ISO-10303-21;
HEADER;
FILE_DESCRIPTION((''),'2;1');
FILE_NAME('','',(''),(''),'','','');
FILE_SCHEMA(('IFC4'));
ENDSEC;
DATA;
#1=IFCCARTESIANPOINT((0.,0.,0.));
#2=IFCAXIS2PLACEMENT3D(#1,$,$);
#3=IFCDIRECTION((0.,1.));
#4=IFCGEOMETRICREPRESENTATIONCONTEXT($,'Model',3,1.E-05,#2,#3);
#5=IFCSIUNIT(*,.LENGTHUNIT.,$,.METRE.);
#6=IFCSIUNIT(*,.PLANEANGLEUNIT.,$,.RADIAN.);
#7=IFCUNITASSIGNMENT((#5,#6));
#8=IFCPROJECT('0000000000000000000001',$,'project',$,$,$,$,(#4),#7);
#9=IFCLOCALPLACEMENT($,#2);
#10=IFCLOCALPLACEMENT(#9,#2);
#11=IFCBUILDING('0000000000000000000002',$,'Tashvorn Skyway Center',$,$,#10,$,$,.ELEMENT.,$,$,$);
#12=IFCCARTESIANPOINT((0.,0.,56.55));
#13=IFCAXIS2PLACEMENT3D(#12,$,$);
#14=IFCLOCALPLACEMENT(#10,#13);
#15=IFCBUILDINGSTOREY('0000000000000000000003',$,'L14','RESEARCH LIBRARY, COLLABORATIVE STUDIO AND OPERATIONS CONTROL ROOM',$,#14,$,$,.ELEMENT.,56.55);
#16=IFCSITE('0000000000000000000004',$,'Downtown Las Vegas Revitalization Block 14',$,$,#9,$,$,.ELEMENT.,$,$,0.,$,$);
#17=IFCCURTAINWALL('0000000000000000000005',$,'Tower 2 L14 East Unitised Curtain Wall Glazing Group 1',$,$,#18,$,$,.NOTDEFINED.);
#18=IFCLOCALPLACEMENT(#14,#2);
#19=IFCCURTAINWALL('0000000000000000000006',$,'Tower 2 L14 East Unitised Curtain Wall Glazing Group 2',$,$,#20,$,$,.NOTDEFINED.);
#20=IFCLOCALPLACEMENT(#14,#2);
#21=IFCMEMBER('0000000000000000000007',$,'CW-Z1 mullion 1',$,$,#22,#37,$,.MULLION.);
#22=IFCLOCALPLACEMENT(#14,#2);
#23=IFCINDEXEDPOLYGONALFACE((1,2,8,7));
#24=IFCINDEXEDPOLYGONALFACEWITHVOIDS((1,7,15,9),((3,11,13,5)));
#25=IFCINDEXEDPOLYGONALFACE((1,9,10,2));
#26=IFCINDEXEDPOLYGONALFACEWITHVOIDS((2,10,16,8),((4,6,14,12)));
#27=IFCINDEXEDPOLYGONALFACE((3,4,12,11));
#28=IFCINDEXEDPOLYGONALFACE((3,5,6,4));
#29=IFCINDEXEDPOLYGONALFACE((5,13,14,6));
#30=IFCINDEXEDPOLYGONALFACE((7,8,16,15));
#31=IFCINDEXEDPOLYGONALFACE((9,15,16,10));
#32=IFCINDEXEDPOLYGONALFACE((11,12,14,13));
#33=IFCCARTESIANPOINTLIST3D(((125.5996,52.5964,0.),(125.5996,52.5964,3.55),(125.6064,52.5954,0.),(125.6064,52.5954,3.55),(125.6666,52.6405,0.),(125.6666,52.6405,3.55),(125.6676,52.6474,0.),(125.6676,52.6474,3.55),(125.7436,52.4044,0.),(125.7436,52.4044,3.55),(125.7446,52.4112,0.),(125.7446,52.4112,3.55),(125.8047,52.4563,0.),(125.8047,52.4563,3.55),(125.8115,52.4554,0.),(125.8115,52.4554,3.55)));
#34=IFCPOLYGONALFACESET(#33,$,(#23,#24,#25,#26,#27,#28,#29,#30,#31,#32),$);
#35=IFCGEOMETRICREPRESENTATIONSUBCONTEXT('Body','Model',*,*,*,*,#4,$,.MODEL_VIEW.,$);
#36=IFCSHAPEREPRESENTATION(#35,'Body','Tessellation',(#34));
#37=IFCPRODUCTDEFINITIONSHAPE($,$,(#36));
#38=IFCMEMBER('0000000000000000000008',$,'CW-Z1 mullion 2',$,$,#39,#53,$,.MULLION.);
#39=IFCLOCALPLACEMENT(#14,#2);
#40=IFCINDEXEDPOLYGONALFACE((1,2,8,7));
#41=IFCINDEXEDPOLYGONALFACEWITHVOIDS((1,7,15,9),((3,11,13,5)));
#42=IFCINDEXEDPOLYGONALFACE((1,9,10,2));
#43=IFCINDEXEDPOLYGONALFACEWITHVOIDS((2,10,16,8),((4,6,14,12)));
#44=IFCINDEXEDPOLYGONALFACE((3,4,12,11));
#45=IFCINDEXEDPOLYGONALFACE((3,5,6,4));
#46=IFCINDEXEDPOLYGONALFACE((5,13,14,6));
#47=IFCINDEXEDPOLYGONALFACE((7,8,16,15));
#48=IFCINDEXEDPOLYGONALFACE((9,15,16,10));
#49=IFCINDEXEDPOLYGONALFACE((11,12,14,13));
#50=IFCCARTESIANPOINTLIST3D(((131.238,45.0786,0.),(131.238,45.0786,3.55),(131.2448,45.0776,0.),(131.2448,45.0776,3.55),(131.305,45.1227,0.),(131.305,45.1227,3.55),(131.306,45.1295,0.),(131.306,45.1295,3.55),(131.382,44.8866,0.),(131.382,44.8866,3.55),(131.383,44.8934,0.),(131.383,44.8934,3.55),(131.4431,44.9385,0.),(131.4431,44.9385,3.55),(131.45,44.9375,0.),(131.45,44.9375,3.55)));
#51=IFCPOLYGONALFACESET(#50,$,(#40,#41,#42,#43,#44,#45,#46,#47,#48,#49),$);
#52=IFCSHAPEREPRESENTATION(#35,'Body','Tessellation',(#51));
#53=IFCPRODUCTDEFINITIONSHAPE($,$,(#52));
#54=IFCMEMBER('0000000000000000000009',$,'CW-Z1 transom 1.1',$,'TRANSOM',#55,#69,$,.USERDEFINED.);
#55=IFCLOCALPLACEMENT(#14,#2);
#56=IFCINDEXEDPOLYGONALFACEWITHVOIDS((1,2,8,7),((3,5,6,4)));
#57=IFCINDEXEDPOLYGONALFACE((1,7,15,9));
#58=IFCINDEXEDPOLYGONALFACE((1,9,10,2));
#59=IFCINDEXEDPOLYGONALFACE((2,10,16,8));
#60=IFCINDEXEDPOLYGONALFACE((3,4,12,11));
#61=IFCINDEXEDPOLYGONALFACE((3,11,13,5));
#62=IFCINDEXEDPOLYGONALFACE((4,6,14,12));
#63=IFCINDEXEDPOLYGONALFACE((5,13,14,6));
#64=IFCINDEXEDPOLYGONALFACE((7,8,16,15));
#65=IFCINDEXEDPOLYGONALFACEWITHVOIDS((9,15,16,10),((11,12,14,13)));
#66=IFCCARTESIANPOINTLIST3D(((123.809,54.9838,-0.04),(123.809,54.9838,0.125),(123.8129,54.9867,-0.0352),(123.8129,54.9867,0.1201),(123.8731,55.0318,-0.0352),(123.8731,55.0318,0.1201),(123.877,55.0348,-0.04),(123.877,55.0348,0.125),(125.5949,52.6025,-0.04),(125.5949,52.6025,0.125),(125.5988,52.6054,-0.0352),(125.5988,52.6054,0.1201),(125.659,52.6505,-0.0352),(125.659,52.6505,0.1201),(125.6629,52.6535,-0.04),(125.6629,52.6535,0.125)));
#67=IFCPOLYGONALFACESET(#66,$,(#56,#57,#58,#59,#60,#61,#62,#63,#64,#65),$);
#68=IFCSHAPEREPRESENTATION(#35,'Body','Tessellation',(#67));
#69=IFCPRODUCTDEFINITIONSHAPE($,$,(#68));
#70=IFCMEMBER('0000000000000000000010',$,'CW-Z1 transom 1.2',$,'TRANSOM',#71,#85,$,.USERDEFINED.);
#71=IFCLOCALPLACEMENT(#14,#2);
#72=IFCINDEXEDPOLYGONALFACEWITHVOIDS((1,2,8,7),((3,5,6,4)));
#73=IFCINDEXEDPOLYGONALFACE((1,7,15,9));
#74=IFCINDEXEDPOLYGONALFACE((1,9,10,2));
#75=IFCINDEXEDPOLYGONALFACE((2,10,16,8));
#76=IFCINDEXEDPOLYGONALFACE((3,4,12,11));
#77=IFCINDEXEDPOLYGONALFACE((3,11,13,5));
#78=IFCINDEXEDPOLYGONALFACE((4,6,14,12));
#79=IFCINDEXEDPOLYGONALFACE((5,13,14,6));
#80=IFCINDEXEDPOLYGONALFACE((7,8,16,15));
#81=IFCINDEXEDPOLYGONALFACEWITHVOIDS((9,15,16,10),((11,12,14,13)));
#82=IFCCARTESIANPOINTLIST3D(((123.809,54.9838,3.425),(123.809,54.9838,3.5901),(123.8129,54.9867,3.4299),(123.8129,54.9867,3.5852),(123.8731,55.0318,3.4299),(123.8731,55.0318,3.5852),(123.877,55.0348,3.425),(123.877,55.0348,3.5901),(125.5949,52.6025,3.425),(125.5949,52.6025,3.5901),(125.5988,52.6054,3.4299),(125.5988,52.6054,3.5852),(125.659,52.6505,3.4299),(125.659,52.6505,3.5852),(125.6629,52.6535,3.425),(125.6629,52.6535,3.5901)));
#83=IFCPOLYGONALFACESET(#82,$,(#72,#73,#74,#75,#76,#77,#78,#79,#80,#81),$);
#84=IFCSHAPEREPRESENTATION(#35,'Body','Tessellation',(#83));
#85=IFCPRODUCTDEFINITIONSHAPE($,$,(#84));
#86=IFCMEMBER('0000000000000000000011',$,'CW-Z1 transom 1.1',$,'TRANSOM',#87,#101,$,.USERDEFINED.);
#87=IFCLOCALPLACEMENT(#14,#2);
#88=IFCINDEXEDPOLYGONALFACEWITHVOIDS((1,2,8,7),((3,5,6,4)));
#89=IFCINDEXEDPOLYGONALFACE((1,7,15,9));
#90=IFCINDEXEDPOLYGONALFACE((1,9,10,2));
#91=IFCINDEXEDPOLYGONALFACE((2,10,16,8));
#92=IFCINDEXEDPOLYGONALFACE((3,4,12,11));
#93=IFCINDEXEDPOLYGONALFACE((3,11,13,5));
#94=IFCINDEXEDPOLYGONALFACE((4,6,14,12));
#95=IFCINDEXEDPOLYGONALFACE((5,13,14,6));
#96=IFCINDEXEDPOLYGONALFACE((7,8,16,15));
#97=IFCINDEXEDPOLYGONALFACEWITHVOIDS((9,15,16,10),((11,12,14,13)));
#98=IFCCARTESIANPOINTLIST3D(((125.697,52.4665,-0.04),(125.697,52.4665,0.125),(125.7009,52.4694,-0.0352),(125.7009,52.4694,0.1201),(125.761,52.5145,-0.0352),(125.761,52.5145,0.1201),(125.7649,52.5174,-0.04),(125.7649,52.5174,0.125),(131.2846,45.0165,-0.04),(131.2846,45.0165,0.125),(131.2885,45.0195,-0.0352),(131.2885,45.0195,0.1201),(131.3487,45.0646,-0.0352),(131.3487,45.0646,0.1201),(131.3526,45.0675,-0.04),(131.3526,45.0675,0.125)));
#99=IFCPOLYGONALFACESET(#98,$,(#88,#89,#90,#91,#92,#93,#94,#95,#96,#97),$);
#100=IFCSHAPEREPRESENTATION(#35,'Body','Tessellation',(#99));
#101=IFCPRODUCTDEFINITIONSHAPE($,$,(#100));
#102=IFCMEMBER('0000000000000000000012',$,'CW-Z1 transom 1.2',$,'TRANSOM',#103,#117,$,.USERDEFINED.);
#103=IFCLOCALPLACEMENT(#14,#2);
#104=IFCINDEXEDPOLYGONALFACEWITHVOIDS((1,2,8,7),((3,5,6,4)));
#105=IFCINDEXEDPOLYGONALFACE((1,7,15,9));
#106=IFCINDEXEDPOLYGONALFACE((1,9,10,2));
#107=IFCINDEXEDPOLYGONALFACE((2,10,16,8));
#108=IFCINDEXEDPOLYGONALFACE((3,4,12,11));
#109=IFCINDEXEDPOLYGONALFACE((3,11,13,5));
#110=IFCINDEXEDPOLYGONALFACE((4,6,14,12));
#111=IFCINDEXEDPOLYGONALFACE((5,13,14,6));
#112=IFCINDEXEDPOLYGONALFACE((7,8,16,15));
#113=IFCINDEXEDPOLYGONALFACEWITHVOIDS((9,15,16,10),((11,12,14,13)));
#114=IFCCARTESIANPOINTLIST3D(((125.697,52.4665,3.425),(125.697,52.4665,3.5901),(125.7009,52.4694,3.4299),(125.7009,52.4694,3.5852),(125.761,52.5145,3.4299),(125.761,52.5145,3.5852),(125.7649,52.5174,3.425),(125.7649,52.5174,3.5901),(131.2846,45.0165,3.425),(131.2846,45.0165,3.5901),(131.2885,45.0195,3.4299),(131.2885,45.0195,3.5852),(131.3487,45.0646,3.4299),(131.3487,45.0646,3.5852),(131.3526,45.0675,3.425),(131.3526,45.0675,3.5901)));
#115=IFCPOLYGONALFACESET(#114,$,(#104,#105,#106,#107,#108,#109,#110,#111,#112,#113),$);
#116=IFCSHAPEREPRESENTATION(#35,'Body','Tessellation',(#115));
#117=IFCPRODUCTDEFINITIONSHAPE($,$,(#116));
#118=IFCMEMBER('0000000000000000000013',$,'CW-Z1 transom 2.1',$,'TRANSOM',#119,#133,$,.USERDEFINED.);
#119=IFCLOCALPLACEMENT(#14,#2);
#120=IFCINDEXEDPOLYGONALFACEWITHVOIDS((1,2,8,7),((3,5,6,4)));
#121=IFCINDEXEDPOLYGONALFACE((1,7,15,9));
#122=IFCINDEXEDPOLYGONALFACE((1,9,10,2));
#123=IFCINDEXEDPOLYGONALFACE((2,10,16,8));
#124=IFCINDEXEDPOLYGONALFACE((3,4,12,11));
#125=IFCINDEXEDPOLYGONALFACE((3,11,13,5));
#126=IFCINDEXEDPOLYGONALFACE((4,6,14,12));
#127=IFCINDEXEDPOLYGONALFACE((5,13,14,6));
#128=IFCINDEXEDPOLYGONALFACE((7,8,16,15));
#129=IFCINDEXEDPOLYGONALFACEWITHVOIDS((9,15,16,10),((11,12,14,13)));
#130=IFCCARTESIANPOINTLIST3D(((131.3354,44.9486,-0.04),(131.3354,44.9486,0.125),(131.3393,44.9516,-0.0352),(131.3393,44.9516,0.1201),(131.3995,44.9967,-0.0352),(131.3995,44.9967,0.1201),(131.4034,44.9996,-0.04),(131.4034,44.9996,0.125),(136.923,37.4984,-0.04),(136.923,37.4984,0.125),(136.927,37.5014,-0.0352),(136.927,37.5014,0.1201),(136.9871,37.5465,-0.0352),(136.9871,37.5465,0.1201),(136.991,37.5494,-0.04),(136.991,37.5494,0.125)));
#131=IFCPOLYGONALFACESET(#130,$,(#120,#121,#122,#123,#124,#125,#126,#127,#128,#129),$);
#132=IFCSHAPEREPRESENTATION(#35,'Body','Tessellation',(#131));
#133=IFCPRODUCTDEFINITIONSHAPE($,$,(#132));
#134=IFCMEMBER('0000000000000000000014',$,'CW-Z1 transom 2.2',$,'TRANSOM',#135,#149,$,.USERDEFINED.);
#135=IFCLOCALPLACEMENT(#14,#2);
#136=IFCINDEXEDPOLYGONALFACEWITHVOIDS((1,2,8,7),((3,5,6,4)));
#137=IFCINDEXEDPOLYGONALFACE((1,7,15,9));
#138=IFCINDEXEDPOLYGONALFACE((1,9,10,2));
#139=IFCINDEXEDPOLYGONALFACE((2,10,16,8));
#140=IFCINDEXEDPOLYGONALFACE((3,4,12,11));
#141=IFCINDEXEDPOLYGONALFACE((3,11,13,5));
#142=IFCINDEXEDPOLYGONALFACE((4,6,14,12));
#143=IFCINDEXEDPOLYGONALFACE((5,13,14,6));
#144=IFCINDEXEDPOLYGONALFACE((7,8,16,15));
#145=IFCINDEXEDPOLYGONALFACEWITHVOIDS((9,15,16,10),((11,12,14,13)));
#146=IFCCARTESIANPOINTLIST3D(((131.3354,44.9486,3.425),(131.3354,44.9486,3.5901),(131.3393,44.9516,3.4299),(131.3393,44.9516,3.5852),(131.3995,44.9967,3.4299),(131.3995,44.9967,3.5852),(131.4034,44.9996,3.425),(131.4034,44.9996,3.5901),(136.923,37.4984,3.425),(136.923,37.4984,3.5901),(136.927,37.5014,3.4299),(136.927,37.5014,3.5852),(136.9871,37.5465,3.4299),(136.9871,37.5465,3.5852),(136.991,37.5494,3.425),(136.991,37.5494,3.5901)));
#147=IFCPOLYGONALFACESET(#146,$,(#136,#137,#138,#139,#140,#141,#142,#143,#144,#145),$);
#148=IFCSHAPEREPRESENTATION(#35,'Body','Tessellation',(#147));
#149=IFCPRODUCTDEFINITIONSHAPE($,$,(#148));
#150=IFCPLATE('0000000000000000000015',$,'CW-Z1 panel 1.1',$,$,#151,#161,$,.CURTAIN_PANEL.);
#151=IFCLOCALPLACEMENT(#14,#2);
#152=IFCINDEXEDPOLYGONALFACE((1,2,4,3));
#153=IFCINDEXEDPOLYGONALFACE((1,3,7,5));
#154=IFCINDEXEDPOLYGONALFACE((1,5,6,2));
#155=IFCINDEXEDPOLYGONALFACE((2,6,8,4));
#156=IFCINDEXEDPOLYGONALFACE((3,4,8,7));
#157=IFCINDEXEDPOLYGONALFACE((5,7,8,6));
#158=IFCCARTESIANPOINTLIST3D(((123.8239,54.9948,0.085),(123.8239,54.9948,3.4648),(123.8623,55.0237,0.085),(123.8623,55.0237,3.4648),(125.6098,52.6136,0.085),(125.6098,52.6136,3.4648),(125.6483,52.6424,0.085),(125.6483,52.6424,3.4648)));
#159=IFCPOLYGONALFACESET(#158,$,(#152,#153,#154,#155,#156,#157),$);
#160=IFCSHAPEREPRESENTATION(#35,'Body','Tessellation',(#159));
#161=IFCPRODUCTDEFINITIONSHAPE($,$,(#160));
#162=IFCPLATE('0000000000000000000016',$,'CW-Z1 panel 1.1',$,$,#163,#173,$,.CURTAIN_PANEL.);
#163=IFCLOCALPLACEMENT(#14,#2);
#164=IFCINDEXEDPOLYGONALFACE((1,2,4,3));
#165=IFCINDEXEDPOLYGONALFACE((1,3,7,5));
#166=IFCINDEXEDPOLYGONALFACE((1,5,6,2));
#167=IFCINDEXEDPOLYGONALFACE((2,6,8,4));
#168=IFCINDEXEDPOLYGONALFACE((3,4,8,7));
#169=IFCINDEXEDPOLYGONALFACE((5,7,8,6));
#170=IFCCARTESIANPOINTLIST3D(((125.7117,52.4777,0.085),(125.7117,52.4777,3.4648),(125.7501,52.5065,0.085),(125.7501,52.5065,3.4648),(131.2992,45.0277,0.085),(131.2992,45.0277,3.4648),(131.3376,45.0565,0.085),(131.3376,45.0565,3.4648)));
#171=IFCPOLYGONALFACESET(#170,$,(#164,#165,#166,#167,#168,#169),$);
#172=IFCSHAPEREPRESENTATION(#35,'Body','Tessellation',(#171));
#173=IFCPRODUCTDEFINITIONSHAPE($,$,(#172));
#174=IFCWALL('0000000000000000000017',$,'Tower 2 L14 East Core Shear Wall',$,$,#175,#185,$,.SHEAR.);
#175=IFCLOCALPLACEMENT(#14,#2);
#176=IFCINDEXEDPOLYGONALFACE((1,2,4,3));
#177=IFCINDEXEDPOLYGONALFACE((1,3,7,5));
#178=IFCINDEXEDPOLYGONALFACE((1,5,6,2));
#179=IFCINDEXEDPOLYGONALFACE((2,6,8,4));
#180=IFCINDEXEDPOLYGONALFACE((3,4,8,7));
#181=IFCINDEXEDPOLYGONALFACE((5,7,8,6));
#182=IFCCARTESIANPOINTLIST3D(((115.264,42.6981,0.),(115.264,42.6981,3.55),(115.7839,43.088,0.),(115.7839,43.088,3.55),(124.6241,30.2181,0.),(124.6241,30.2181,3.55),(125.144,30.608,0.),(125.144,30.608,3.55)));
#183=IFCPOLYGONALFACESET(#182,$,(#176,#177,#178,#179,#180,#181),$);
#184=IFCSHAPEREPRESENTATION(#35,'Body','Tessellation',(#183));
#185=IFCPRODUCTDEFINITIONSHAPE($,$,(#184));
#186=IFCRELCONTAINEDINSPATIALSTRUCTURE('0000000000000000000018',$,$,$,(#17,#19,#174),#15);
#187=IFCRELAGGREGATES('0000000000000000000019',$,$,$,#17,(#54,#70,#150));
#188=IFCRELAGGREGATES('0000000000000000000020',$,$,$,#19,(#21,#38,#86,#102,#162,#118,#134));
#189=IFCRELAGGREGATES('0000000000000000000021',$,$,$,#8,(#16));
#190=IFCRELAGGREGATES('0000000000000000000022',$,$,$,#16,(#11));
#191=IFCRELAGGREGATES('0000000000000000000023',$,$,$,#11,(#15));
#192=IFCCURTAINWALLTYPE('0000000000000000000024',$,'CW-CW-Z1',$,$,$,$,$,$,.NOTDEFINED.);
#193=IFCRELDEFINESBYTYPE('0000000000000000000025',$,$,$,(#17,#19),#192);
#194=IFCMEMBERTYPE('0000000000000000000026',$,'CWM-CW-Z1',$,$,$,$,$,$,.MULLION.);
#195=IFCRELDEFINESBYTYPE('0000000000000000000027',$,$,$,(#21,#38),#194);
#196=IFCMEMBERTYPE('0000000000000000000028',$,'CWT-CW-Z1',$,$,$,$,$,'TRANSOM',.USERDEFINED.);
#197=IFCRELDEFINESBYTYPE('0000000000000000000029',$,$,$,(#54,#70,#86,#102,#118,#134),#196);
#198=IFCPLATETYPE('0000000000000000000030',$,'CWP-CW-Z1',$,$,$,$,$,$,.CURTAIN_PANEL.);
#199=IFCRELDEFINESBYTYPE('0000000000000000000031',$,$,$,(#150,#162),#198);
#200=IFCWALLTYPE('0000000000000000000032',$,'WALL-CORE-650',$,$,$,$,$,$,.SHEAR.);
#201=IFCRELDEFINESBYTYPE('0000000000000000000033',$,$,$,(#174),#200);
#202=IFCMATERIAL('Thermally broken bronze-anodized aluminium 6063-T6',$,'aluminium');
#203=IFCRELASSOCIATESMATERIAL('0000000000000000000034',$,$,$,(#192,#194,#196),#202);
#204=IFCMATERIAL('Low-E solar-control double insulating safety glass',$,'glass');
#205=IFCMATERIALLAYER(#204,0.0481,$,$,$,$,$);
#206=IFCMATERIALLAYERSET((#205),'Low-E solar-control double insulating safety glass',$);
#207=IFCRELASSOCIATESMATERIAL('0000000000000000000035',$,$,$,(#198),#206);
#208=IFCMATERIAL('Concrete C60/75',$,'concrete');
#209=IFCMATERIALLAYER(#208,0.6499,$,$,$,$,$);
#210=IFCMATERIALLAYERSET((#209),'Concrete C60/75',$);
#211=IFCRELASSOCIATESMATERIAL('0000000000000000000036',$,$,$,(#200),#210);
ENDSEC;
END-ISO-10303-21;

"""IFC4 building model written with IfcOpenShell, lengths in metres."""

from ifc_helpers import new_model, si_unit, direction, frame, frame_2d, origin, origin_2d, place, context, subcontext, project, spatial, rectangle, hollow_rectangle, extrude, material, layer, layer_set, material_profile, profile_set, type_object, element, aggregate, save


model = new_model("IFC4")

# Units and contexts
model_context = context("Model", 3, precision=1e-05, world=origin(), true_north=direction((0.0, 1.0)))
body_context = subcontext(model_context, "Body", "Model", "MODEL_VIEW")
ifc_project = project(units=[si_unit("LENGTHUNIT", "METRE"), si_unit("PLANEANGLEUNIT", "RADIAN")], contexts=[model_context])

# Site, building, storey
site_placement = place(None, origin())
site = spatial("IfcSite", under=ifc_project, at=site_placement, Name="Downtown Las Vegas Revitalization Block 14", CompositionType="ELEMENT", RefElevation=0.0)
building_placement = place(site_placement, origin())
building = spatial("IfcBuilding", under=site, at=building_placement, Name="Tashvorn Skyway Center", CompositionType="ELEMENT")
storey_placement = place(building_placement, frame((0.0, 0.0, 56.55)))
storey = spatial("IfcBuildingStorey", under=building, at=storey_placement, Name="L14", Description="RESEARCH LIBRARY, COLLABORATIVE STUDIO AND OPERATIONS CONTROL ROOM", CompositionType="ELEMENT", Elevation=56.55)

# Curtain walls, members
ifc_material_1 = material(Name="Thermally broken bronze-anodized aluminium 6063-T6", Category="aluminium")
curtain_wall_type = type_object("IfcCurtainWallType", Name="CW-CW-Z1", PredefinedType="NOTDEFINED", material=ifc_material_1)
curtain_wall_1_placement = place(storey_placement, origin())
curtain_wall_1 = element("IfcCurtainWall", 1, at=curtain_wall_1_placement, inside=storey, type_object=curtain_wall_type, Name="Tower 2 L14 East Unitised Curtain Wall Glazing Group 1", PredefinedType="NOTDEFINED")
ifc_material_profile_1 = material_profile(ifc_material_1, hollow_rectangle(XDim=0.085, YDim=0.24, WallThickness=0.0049, at=origin_2d()), Name="ALU-MULL-85x240")
ifc_profile_set_1 = profile_set([ifc_material_profile_1], Name="Thermally broken bronze-anodized aluminium 6063-T6")
member_type_1 = type_object("IfcMemberType", Name="CWM-CW-Z1", PredefinedType="MULLION", material=ifc_profile_set_1)
curtain_wall_2_placement = place(storey_placement, origin())
curtain_wall_2 = element("IfcCurtainWall", 2, at=curtain_wall_2_placement, inside=storey, type_object=curtain_wall_type, Name="Tower 2 L14 East Unitised Curtain Wall Glazing Group 2", PredefinedType="NOTDEFINED")
member_1_placement = place(storey_placement, frame((125.7056, 52.5259, 0.0), z_axis=(0.0, 0.0, 1.0), x_axis=(0.8, 0.6, 0.0)))
member_1 = element("IfcMember", 3, at=member_1_placement, type_object=member_type_1, Name="CW-Z1 mullion 1", PredefinedType="MULLION", context=body_context, shape_type="SweptSolid", body=[
    extrude(hollow_rectangle(XDim=0.085, YDim=0.24, WallThickness=0.0049, at=origin_2d()), origin(), (0.0, 0.0, 1.0), 3.55),
])
member_2_placement = place(storey_placement, frame((131.344, 45.0081, 0.0), z_axis=(0.0, 0.0, 1.0), x_axis=(0.8, 0.6, 0.0)))
member_2 = element("IfcMember", 4, at=member_2_placement, type_object=member_type_1, Name="CW-Z1 mullion 2", PredefinedType="MULLION", context=body_context, shape_type="SweptSolid", body=[
    extrude(hollow_rectangle(XDim=0.085, YDim=0.24, WallThickness=0.0049, at=origin_2d()), origin(), (0.0, 0.0, 1.0), 3.55),
])

# Members
ifc_material_profile_2 = material_profile(ifc_material_1, hollow_rectangle(XDim=0.085, YDim=0.165, WallThickness=0.0049, at=origin_2d()), Name="ALU-TRAN-85x165")
ifc_profile_set_2 = profile_set([ifc_material_profile_2], Name="Thermally broken bronze-anodized aluminium 6063-T6")
member_type_2 = type_object("IfcMemberType", Name="CWT-CW-Z1", ElementType="TRANSOM", PredefinedType="USERDEFINED", material=ifc_profile_set_2)
member_3_placement = place(storey_placement, frame((123.843, 55.0093, 0.0425), z_axis=(0.599974, -0.80002, 0.0), x_axis=(0.80002, 0.599974, 0.0)))
member_3 = element("IfcMember", 5, at=member_3_placement, type_object=member_type_2, Name="CW-Z1 transom 1.1", ObjectType="TRANSOM", PredefinedType="USERDEFINED", context=body_context, shape_type="SweptSolid", body=[
    extrude(hollow_rectangle(XDim=0.085, YDim=0.165, WallThickness=0.0049, at=origin_2d()), origin(), (0.0, 0.0, 1.0), 2.9766),
])
member_4_placement = place(storey_placement, frame((123.843, 55.0093, 3.5076), z_axis=(0.599974, -0.80002, 0.0), x_axis=(0.80002, 0.599974, 0.0)))
member_4 = element("IfcMember", 6, at=member_4_placement, type_object=member_type_2, Name="CW-Z1 transom 1.2", ObjectType="TRANSOM", PredefinedType="USERDEFINED", context=body_context, shape_type="SweptSolid", body=[
    extrude(hollow_rectangle(XDim=0.085, YDim=0.165, WallThickness=0.0049, at=origin_2d()), origin(), (0.0, 0.0, 1.0), 2.9766),
])
member_5_placement = place(storey_placement, frame((125.731, 52.4919, 0.0425), z_axis=(0.600013, -0.799991, 0.0), x_axis=(0.799991, 0.600013, 0.0)))
member_5 = element("IfcMember", 7, at=member_5_placement, type_object=member_type_2, Name="CW-Z1 transom 1.1", ObjectType="TRANSOM", PredefinedType="USERDEFINED", context=body_context, shape_type="SweptSolid", body=[
    extrude(hollow_rectangle(XDim=0.085, YDim=0.165, WallThickness=0.0049, at=origin_2d()), origin(), (0.0, 0.0, 1.0), 9.3125),
])
member_6_placement = place(storey_placement, frame((125.731, 52.4919, 3.5076), z_axis=(0.600013, -0.799991, 0.0), x_axis=(0.799991, 0.600013, 0.0)))
member_6 = element("IfcMember", 8, at=member_6_placement, type_object=member_type_2, Name="CW-Z1 transom 1.2", ObjectType="TRANSOM", PredefinedType="USERDEFINED", context=body_context, shape_type="SweptSolid", body=[
    extrude(hollow_rectangle(XDim=0.085, YDim=0.165, WallThickness=0.0049, at=origin_2d()), origin(), (0.0, 0.0, 1.0), 9.3125),
])
member_7_placement = place(storey_placement, frame((131.3694, 44.9741, 0.0425), z_axis=(0.6, -0.8, 0.0), x_axis=(0.8, 0.6, 0.0)))
member_7 = element("IfcMember", 9, at=member_7_placement, type_object=member_type_2, Name="CW-Z1 transom 2.1", ObjectType="TRANSOM", PredefinedType="USERDEFINED", context=body_context, shape_type="SweptSolid", body=[
    extrude(hollow_rectangle(XDim=0.085, YDim=0.165, WallThickness=0.0049, at=origin_2d()), origin(), (0.0, 0.0, 1.0), 9.3127),
])
member_8_placement = place(storey_placement, frame((131.3694, 44.9741, 3.5076), z_axis=(0.6, -0.8, 0.0), x_axis=(0.8, 0.6, 0.0)))
member_8 = element("IfcMember", 10, at=member_8_placement, type_object=member_type_2, Name="CW-Z1 transom 2.2", ObjectType="TRANSOM", PredefinedType="USERDEFINED", context=body_context, shape_type="SweptSolid", body=[
    extrude(hollow_rectangle(XDim=0.085, YDim=0.165, WallThickness=0.0049, at=origin_2d()), origin(), (0.0, 0.0, 1.0), 9.3127),
])

# Plates
ifc_material_2 = material(Name="Low-E solar-control double insulating safety glass", Category="glass")
ifc_layer_1 = layer(ifc_material_2, 0.0481)
ifc_layer_set_1 = layer_set([ifc_layer_1], Name="Low-E solar-control double insulating safety glass")
plate_type = type_object("IfcPlateType", Name="CWP-CW-Z1", PredefinedType="CURTAIN_PANEL", material=ifc_layer_set_1)
plate_1_placement = place(storey_placement, frame((124.7361, 53.8186, 0.085), z_axis=(0.0, 0.0, 1.0), x_axis=(0.600005, -0.799996, 0.0)))
plate_1 = element("IfcPlate", 11, at=plate_1_placement, type_object=plate_type, Name="CW-Z1 panel 1.1", PredefinedType="CURTAIN_PANEL", context=body_context, shape_type="SweptSolid", body=[
    extrude(rectangle(XDim=2.9766, YDim=0.0481, at=origin_2d()), origin(), (0.0, 0.0, 1.0), 3.3799),
])
aggregate(curtain_wall_1, [member_3, member_4, plate_1])
plate_2_placement = place(storey_placement, frame((128.5247, 48.7671, 0.085), z_axis=(0.0, 0.0, 1.0), x_axis=(0.6, -0.8, 0.0)))
plate_2 = element("IfcPlate", 12, at=plate_2_placement, type_object=plate_type, Name="CW-Z1 panel 1.1", PredefinedType="CURTAIN_PANEL", context=body_context, shape_type="SweptSolid", body=[
    extrude(rectangle(XDim=9.3125, YDim=0.0481, at=origin_2d()), origin(), (0.0, 0.0, 1.0), 3.3799),
])
aggregate(curtain_wall_2, [member_1, member_2, member_5, member_6, plate_2, member_7, member_8])

# Wall
ifc_material_3 = material(Name="Concrete C60/75", Category="concrete")
ifc_layer_2 = layer(ifc_material_3, 0.6499)
ifc_layer_set_2 = layer_set([ifc_layer_2], Name="Concrete C60/75")
wall_type_1 = type_object("IfcWallType", Name="WALL-CORE-650", PredefinedType="SHEAR", material=ifc_layer_set_2)
wall_1_placement = place(storey_placement, frame((115.5239, 42.8931, 0.0), z_axis=(0.0, 0.0, 1.0), x_axis=(0.600005, -0.799996, 0.0)))
element("IfcWall", 13, at=wall_1_placement, inside=storey, type_object=wall_type_1, Name="Tower 2 L14 East Core Shear Wall", PredefinedType="SHEAR", context=body_context, shape_type="SweptSolid", body=[
    extrude(rectangle(XDim=15.6001, YDim=0.6499, at=frame_2d((7.8, 0.0))), origin(), (0.0, 0.0, 1.0), 3.55),
])

save(model, "model.ifc")
